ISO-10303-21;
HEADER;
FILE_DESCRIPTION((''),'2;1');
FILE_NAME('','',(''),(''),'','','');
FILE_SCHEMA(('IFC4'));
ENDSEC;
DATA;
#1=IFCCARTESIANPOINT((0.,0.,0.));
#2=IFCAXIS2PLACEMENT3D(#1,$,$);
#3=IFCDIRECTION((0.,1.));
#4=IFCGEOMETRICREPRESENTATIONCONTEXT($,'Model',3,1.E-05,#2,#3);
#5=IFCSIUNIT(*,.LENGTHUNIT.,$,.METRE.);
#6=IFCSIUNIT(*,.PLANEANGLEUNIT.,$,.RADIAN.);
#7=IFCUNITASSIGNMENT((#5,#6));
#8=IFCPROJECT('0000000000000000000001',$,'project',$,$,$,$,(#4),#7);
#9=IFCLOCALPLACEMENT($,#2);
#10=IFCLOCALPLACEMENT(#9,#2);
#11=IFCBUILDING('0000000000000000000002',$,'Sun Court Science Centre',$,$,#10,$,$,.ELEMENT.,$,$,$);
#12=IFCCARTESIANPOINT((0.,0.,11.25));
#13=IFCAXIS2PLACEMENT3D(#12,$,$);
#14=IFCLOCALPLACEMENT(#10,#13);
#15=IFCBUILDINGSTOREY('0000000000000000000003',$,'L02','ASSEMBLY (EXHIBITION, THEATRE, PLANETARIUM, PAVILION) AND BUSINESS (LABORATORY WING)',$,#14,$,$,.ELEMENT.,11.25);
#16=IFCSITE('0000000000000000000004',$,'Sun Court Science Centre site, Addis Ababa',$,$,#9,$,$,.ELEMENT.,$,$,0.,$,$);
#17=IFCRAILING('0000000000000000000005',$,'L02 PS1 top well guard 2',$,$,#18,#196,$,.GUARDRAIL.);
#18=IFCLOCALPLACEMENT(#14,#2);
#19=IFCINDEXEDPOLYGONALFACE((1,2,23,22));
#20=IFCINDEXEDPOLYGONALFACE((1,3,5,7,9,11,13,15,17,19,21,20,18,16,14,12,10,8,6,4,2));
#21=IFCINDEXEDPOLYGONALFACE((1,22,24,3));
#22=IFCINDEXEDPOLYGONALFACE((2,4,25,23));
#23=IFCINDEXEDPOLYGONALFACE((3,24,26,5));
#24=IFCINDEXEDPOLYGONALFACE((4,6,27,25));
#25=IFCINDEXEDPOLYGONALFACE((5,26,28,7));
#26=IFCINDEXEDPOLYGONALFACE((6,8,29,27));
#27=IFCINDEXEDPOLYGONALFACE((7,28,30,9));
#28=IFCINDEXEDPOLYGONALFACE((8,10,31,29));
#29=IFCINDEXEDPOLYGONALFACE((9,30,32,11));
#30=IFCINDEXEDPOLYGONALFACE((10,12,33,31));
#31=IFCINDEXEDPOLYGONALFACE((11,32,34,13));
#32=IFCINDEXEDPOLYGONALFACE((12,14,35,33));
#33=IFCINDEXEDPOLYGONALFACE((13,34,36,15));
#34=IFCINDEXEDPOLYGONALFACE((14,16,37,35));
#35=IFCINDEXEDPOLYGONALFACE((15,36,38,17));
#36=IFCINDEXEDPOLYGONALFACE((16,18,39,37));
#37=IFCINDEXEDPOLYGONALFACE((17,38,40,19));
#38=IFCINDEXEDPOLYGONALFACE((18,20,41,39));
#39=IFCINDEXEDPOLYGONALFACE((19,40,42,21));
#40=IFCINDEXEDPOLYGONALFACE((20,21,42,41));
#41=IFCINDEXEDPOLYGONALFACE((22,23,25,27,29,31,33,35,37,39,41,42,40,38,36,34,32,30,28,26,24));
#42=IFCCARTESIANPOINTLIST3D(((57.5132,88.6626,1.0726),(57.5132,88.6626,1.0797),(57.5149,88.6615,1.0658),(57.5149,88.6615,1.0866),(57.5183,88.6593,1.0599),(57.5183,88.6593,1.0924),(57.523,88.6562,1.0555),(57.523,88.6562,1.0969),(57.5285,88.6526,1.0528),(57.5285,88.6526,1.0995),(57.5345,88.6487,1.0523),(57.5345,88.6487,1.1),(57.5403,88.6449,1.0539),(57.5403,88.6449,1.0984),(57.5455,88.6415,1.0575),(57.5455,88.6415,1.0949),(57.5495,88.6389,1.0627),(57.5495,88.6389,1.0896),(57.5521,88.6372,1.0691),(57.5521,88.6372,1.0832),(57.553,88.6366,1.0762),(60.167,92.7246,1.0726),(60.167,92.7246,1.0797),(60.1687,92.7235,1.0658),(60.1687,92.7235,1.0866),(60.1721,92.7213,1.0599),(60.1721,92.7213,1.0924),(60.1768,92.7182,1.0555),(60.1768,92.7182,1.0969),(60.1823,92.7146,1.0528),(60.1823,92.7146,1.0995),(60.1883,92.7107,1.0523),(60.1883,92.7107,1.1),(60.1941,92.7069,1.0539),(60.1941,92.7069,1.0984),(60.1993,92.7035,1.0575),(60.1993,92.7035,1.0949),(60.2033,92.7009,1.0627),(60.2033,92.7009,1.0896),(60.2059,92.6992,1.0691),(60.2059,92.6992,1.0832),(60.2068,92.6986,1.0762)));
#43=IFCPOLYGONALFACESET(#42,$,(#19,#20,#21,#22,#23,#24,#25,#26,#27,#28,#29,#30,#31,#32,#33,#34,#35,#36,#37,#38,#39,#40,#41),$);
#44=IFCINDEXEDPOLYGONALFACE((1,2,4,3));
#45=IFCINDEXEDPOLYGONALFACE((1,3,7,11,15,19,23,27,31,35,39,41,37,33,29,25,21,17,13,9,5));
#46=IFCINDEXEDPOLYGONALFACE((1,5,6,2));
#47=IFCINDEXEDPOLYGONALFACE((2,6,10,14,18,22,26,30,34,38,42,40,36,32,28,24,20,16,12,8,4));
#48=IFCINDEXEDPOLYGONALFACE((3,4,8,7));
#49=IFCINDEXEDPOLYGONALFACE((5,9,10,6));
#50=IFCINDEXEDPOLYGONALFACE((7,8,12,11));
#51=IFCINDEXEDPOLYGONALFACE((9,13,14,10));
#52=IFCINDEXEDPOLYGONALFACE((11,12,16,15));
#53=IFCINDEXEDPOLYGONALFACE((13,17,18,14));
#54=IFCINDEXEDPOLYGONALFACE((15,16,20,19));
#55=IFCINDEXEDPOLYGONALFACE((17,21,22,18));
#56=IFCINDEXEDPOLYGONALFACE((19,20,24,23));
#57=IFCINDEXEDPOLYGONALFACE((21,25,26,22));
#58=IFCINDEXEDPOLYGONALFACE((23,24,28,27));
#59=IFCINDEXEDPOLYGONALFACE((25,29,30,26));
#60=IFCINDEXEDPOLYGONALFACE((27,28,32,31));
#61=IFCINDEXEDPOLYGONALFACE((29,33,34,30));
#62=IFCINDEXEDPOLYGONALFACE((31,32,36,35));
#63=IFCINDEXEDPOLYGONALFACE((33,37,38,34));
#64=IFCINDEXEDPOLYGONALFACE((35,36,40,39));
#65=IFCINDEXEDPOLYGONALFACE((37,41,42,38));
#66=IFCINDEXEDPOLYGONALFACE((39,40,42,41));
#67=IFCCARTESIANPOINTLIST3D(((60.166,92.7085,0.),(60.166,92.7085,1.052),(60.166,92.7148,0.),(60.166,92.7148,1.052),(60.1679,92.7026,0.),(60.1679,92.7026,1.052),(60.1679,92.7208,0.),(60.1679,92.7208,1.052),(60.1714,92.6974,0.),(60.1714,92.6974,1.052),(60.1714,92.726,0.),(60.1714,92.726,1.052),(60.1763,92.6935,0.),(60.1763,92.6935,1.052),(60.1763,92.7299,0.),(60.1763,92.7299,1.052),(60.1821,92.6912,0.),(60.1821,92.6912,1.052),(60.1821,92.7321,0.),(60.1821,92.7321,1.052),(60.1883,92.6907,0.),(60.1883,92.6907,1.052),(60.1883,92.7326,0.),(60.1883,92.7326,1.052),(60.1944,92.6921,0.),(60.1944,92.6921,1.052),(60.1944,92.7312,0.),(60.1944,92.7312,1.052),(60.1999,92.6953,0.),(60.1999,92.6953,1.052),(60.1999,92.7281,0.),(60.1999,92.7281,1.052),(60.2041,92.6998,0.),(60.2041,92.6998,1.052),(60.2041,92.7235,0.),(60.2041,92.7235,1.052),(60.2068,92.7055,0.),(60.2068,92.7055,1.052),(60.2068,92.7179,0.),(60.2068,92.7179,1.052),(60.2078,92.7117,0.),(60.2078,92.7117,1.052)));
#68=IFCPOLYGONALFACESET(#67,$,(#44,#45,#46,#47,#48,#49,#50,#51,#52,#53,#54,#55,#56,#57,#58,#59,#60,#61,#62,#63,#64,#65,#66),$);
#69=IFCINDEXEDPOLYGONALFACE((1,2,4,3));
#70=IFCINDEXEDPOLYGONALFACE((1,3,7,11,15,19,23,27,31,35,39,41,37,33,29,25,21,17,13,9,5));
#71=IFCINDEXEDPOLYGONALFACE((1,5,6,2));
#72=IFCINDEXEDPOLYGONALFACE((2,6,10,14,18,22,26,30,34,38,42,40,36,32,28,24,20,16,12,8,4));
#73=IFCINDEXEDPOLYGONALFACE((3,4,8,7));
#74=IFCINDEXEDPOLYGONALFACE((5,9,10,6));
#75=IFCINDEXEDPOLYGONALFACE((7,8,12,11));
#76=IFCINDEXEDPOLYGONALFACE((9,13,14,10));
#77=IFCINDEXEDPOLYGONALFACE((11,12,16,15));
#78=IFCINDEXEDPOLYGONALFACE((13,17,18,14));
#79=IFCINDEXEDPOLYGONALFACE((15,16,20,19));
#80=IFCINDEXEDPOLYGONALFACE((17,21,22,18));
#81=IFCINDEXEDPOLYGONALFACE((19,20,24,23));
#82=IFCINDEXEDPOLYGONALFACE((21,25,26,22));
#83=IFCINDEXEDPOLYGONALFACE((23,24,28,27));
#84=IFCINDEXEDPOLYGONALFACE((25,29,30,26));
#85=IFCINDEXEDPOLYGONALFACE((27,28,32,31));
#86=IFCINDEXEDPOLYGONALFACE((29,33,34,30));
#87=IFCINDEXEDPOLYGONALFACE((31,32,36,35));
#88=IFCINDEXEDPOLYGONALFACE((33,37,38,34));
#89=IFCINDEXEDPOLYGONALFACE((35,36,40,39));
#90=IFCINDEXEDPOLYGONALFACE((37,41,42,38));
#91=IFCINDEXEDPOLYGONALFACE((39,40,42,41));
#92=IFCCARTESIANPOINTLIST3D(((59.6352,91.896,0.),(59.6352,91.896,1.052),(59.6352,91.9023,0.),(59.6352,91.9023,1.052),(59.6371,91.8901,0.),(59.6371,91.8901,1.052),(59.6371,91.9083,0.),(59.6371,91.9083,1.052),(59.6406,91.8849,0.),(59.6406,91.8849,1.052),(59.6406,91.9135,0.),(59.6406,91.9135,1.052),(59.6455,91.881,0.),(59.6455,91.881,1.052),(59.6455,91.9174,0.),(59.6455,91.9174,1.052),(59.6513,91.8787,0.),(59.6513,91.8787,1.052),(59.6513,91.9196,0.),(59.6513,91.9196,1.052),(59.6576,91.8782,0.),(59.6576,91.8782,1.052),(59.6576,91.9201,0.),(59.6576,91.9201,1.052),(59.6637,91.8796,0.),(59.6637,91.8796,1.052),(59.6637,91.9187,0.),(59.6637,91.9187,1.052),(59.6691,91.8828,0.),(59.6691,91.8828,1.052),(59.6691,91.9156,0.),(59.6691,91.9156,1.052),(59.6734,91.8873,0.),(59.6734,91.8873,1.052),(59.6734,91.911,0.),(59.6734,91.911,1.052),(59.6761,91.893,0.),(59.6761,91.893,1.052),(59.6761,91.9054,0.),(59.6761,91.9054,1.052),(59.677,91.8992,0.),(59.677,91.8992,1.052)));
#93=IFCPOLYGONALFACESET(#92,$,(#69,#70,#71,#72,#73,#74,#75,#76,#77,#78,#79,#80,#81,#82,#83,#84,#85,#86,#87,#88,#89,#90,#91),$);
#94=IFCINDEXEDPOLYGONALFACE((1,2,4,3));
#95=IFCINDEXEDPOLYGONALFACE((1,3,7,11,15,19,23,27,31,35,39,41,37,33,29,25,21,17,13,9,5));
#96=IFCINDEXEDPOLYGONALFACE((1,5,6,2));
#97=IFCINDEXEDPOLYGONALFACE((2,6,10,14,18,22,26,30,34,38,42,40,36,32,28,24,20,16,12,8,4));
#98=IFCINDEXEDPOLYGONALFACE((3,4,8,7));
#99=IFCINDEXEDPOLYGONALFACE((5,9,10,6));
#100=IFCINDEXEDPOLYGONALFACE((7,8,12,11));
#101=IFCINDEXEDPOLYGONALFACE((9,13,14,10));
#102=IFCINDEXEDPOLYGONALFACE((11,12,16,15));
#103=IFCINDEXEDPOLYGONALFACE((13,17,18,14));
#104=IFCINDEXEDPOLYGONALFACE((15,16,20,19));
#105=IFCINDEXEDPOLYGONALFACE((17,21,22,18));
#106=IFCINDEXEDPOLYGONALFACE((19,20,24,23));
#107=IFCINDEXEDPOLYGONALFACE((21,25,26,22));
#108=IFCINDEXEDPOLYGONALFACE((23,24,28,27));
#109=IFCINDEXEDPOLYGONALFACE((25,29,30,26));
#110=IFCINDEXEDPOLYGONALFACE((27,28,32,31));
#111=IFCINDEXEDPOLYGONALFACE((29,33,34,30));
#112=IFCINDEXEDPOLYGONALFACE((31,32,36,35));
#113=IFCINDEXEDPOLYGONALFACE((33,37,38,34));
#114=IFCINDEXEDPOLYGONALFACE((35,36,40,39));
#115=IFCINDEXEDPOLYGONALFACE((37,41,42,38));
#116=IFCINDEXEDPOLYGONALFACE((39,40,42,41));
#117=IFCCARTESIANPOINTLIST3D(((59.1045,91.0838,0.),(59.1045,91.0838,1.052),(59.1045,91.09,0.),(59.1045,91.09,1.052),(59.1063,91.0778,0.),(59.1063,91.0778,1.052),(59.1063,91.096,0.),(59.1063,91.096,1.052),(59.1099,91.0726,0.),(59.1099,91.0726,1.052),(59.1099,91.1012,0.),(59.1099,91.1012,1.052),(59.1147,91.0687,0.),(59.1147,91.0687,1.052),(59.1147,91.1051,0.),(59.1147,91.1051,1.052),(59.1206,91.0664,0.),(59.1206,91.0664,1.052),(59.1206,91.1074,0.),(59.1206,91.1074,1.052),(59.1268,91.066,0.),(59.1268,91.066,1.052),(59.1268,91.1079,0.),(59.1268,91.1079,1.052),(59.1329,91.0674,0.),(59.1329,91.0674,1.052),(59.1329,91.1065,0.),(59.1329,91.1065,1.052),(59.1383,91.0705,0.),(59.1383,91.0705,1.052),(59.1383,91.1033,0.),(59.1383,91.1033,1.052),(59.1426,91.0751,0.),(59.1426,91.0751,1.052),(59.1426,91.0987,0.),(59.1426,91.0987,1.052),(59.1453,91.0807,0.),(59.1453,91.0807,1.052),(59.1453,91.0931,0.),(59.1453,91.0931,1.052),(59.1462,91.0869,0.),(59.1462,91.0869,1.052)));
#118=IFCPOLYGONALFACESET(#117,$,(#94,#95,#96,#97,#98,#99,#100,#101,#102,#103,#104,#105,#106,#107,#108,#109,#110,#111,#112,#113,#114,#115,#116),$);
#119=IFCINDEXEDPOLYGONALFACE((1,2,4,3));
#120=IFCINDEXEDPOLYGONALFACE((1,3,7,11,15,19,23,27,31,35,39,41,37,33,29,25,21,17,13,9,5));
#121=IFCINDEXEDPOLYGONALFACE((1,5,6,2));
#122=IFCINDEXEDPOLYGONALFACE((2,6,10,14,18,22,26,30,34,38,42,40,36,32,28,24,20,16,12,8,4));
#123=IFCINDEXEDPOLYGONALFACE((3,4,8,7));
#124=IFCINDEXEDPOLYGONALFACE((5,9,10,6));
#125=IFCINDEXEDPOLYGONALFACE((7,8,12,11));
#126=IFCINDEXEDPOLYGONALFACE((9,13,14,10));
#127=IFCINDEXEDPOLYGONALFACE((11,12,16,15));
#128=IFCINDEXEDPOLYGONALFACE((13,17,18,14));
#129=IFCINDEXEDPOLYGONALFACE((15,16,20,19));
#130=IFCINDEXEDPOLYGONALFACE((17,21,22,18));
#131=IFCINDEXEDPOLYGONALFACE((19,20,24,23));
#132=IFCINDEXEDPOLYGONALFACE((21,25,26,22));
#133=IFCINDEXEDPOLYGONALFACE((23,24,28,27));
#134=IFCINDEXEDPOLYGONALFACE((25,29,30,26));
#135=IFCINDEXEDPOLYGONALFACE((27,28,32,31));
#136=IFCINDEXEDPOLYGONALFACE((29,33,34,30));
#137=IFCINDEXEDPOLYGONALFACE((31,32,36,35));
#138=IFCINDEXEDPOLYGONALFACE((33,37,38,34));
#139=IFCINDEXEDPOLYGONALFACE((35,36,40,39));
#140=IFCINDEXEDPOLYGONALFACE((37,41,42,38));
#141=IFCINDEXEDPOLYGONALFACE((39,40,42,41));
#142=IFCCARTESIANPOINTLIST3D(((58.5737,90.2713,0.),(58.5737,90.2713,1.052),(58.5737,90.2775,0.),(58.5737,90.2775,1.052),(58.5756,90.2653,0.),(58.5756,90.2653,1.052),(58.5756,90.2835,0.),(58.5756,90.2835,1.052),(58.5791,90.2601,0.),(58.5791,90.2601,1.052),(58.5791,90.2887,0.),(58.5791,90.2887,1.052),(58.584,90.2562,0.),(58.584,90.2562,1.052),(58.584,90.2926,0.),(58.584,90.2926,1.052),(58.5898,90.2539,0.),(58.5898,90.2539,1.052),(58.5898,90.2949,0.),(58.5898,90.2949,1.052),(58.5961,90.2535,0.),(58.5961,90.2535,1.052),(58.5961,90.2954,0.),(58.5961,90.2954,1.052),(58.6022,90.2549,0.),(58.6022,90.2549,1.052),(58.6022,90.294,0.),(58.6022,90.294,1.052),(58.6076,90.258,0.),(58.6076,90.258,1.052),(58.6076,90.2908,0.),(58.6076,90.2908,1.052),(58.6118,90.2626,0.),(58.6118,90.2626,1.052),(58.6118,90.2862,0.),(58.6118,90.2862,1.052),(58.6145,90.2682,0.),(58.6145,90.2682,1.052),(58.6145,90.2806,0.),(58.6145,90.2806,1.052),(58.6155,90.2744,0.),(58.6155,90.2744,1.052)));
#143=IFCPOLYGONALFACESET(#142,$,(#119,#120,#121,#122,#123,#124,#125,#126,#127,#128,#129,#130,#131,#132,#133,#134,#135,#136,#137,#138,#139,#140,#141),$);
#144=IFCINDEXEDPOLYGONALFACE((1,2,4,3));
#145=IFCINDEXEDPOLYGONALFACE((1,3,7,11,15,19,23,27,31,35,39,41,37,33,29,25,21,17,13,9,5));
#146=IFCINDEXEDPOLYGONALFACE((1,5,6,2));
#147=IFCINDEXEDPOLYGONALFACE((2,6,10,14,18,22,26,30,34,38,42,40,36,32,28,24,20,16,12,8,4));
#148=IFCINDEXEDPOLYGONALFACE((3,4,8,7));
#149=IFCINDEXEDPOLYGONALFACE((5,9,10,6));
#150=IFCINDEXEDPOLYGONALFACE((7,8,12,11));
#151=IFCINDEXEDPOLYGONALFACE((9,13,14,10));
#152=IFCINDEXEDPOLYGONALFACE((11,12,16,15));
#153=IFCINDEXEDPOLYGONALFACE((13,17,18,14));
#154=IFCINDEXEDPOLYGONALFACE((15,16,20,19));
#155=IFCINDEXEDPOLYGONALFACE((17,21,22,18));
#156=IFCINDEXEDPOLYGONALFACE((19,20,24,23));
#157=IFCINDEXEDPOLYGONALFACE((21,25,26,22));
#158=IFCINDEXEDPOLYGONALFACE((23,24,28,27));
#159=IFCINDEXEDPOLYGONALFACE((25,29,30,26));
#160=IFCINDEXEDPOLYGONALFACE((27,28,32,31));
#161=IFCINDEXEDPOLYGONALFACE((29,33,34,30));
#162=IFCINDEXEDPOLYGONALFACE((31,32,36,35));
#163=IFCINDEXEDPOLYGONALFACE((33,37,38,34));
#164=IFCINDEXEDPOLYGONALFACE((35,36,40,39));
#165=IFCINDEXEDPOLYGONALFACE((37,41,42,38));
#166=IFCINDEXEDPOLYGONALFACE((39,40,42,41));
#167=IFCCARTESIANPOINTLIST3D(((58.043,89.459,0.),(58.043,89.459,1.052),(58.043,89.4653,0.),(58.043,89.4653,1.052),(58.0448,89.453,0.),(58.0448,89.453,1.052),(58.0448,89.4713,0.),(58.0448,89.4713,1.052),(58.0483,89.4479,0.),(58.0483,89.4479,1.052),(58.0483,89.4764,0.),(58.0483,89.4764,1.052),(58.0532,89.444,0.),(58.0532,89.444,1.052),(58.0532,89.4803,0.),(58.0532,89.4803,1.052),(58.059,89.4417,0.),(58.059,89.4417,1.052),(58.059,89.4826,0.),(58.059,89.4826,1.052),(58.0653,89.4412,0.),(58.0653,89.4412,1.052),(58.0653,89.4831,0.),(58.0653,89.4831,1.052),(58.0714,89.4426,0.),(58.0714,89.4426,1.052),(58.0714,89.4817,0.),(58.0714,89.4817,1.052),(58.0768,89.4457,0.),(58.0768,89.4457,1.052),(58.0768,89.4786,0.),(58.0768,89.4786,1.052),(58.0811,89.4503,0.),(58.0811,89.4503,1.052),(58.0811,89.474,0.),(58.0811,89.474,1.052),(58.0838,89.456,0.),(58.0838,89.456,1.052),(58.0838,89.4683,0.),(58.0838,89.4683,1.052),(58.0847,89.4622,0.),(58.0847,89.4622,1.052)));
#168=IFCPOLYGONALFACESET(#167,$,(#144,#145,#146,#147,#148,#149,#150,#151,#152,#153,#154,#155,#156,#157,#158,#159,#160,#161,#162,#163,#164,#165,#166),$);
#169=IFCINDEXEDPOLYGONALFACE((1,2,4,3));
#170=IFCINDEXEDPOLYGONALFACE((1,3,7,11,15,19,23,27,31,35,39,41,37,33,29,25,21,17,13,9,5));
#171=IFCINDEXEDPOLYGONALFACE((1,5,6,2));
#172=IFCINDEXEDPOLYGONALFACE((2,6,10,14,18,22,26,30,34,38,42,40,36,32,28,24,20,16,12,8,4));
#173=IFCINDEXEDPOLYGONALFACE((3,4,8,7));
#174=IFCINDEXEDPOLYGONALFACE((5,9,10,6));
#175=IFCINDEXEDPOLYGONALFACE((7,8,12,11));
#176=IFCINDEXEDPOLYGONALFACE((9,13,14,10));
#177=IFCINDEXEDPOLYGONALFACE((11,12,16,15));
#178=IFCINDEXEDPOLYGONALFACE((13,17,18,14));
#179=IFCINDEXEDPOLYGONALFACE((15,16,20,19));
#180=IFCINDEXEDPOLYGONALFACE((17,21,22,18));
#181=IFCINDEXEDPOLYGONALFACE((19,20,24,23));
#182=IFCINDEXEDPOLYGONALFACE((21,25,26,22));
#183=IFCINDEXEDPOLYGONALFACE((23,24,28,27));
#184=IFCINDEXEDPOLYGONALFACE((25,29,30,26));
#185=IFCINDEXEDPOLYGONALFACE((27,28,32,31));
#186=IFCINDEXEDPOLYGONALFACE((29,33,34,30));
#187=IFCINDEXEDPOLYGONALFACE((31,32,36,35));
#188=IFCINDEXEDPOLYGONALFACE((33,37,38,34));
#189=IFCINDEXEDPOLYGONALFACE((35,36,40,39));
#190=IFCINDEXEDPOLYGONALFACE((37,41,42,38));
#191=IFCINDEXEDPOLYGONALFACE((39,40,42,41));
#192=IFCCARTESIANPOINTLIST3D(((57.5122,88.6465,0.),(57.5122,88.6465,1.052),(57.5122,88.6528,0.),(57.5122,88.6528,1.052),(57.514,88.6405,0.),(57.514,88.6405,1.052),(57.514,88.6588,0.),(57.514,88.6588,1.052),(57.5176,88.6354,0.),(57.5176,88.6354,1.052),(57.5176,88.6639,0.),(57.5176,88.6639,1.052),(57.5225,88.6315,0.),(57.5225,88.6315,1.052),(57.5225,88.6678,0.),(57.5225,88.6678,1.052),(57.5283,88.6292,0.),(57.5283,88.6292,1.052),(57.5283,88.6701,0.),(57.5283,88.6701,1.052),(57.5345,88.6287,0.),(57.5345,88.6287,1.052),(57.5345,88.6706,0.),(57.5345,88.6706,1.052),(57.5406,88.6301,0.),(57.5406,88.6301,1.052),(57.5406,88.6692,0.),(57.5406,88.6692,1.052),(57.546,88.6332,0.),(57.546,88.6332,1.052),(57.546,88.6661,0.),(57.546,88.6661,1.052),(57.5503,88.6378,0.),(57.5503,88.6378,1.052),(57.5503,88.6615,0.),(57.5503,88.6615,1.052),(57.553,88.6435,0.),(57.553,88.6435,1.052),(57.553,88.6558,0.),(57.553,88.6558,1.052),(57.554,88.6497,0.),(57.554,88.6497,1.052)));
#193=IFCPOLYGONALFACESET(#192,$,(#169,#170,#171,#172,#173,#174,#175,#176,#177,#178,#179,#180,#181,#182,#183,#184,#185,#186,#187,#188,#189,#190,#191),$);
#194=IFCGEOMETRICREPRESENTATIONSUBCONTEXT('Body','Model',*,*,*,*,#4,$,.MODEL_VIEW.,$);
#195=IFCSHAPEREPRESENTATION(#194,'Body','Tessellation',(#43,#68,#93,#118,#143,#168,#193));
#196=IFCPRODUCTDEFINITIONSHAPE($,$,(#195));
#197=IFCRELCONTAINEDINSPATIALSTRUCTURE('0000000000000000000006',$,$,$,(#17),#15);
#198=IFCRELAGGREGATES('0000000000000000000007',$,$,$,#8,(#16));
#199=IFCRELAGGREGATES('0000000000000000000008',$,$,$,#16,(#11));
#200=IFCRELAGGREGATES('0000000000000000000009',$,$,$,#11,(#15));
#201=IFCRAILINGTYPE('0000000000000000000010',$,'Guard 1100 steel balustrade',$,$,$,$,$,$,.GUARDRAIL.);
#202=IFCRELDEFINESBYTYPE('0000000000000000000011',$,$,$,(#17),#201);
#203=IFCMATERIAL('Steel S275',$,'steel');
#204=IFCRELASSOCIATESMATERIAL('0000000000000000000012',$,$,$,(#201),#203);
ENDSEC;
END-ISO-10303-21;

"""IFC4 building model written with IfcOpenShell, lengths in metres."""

from ifc_helpers import new_model, si_unit, direction, frame, origin, origin_2d, place, context, subcontext, project, spatial, circle, extrude, material, type_object, element, save


model = new_model("IFC4")

# Units and contexts
model_context = context("Model", 3, precision=1e-05, world=origin(), true_north=direction((0.0, 1.0)))
body_context = subcontext(model_context, "Body", "Model", "MODEL_VIEW")
ifc_project = project(units=[si_unit("LENGTHUNIT", "METRE"), si_unit("PLANEANGLEUNIT", "RADIAN")], contexts=[model_context])

# Site, building, storey
site_placement = place(None, origin())
site = spatial("IfcSite", under=ifc_project, at=site_placement, Name="Sun Court Science Centre site, Addis Ababa", CompositionType="ELEMENT", RefElevation=0.0)
building_placement = place(site_placement, origin())
building = spatial("IfcBuilding", under=site, at=building_placement, Name="Sun Court Science Centre", CompositionType="ELEMENT")
storey_placement = place(building_placement, frame((0.0, 0.0, 11.25)))
storey = spatial("IfcBuildingStorey", under=building, at=storey_placement, Name="L02", Description="ASSEMBLY (EXHIBITION, THEATRE, PLANETARIUM, PAVILION) AND BUSINESS (LABORATORY WING)", CompositionType="ELEMENT", Elevation=11.25)

# Railing
ifc_material_1 = material(Name="Steel S275", Category="steel")
railing_type = type_object("IfcRailingType", Name="Guard 1100 steel balustrade", PredefinedType="GUARDRAIL", material=ifc_material_1)
for number, where, name in (
    (1, (60.1868, 92.7117, 0.0), "L02 PS1 top well guard 2"),
):
    element("IfcRailing", number, at=place(storey_placement, frame(where)), inside=storey, type_object=railing_type, Name=name, PredefinedType="GUARDRAIL", context=body_context, shape_type="SweptSolid", body=[
        extrude(circle(Radius=0.0239, at=origin_2d()), frame((0.0, 0.0, 1.0762), z_axis=(-0.546943, -0.83717, 0.0), x_axis=(0.83717, -0.546943, 0.0)), (0.0, 0.0, 1.0), 4.8521),
        extrude(circle(Radius=0.021, at=origin_2d()), origin(), (0.0, 0.0, 1.0), 1.052),
        extrude(circle(Radius=0.021, at=origin_2d()), frame((-0.5308, -0.8125, 0.0)), (0.0, 0.0, 1.0), 1.052),
        extrude(circle(Radius=0.021, at=origin_2d()), frame((-1.0615, -1.6248, 0.0)), (0.0, 0.0, 1.0), 1.052),
        extrude(circle(Radius=0.021, at=origin_2d()), frame((-1.5923, -2.4373, 0.0)), (0.0, 0.0, 1.0), 1.052),
        extrude(circle(Radius=0.021, at=origin_2d()), frame((-2.123, -3.2495, 0.0)), (0.0, 0.0, 1.0), 1.052),
        extrude(circle(Radius=0.021, at=origin_2d()), frame((-2.6538, -4.062, 0.0)), (0.0, 0.0, 1.0), 1.052),
    ])

save(model, "model.ifc")
